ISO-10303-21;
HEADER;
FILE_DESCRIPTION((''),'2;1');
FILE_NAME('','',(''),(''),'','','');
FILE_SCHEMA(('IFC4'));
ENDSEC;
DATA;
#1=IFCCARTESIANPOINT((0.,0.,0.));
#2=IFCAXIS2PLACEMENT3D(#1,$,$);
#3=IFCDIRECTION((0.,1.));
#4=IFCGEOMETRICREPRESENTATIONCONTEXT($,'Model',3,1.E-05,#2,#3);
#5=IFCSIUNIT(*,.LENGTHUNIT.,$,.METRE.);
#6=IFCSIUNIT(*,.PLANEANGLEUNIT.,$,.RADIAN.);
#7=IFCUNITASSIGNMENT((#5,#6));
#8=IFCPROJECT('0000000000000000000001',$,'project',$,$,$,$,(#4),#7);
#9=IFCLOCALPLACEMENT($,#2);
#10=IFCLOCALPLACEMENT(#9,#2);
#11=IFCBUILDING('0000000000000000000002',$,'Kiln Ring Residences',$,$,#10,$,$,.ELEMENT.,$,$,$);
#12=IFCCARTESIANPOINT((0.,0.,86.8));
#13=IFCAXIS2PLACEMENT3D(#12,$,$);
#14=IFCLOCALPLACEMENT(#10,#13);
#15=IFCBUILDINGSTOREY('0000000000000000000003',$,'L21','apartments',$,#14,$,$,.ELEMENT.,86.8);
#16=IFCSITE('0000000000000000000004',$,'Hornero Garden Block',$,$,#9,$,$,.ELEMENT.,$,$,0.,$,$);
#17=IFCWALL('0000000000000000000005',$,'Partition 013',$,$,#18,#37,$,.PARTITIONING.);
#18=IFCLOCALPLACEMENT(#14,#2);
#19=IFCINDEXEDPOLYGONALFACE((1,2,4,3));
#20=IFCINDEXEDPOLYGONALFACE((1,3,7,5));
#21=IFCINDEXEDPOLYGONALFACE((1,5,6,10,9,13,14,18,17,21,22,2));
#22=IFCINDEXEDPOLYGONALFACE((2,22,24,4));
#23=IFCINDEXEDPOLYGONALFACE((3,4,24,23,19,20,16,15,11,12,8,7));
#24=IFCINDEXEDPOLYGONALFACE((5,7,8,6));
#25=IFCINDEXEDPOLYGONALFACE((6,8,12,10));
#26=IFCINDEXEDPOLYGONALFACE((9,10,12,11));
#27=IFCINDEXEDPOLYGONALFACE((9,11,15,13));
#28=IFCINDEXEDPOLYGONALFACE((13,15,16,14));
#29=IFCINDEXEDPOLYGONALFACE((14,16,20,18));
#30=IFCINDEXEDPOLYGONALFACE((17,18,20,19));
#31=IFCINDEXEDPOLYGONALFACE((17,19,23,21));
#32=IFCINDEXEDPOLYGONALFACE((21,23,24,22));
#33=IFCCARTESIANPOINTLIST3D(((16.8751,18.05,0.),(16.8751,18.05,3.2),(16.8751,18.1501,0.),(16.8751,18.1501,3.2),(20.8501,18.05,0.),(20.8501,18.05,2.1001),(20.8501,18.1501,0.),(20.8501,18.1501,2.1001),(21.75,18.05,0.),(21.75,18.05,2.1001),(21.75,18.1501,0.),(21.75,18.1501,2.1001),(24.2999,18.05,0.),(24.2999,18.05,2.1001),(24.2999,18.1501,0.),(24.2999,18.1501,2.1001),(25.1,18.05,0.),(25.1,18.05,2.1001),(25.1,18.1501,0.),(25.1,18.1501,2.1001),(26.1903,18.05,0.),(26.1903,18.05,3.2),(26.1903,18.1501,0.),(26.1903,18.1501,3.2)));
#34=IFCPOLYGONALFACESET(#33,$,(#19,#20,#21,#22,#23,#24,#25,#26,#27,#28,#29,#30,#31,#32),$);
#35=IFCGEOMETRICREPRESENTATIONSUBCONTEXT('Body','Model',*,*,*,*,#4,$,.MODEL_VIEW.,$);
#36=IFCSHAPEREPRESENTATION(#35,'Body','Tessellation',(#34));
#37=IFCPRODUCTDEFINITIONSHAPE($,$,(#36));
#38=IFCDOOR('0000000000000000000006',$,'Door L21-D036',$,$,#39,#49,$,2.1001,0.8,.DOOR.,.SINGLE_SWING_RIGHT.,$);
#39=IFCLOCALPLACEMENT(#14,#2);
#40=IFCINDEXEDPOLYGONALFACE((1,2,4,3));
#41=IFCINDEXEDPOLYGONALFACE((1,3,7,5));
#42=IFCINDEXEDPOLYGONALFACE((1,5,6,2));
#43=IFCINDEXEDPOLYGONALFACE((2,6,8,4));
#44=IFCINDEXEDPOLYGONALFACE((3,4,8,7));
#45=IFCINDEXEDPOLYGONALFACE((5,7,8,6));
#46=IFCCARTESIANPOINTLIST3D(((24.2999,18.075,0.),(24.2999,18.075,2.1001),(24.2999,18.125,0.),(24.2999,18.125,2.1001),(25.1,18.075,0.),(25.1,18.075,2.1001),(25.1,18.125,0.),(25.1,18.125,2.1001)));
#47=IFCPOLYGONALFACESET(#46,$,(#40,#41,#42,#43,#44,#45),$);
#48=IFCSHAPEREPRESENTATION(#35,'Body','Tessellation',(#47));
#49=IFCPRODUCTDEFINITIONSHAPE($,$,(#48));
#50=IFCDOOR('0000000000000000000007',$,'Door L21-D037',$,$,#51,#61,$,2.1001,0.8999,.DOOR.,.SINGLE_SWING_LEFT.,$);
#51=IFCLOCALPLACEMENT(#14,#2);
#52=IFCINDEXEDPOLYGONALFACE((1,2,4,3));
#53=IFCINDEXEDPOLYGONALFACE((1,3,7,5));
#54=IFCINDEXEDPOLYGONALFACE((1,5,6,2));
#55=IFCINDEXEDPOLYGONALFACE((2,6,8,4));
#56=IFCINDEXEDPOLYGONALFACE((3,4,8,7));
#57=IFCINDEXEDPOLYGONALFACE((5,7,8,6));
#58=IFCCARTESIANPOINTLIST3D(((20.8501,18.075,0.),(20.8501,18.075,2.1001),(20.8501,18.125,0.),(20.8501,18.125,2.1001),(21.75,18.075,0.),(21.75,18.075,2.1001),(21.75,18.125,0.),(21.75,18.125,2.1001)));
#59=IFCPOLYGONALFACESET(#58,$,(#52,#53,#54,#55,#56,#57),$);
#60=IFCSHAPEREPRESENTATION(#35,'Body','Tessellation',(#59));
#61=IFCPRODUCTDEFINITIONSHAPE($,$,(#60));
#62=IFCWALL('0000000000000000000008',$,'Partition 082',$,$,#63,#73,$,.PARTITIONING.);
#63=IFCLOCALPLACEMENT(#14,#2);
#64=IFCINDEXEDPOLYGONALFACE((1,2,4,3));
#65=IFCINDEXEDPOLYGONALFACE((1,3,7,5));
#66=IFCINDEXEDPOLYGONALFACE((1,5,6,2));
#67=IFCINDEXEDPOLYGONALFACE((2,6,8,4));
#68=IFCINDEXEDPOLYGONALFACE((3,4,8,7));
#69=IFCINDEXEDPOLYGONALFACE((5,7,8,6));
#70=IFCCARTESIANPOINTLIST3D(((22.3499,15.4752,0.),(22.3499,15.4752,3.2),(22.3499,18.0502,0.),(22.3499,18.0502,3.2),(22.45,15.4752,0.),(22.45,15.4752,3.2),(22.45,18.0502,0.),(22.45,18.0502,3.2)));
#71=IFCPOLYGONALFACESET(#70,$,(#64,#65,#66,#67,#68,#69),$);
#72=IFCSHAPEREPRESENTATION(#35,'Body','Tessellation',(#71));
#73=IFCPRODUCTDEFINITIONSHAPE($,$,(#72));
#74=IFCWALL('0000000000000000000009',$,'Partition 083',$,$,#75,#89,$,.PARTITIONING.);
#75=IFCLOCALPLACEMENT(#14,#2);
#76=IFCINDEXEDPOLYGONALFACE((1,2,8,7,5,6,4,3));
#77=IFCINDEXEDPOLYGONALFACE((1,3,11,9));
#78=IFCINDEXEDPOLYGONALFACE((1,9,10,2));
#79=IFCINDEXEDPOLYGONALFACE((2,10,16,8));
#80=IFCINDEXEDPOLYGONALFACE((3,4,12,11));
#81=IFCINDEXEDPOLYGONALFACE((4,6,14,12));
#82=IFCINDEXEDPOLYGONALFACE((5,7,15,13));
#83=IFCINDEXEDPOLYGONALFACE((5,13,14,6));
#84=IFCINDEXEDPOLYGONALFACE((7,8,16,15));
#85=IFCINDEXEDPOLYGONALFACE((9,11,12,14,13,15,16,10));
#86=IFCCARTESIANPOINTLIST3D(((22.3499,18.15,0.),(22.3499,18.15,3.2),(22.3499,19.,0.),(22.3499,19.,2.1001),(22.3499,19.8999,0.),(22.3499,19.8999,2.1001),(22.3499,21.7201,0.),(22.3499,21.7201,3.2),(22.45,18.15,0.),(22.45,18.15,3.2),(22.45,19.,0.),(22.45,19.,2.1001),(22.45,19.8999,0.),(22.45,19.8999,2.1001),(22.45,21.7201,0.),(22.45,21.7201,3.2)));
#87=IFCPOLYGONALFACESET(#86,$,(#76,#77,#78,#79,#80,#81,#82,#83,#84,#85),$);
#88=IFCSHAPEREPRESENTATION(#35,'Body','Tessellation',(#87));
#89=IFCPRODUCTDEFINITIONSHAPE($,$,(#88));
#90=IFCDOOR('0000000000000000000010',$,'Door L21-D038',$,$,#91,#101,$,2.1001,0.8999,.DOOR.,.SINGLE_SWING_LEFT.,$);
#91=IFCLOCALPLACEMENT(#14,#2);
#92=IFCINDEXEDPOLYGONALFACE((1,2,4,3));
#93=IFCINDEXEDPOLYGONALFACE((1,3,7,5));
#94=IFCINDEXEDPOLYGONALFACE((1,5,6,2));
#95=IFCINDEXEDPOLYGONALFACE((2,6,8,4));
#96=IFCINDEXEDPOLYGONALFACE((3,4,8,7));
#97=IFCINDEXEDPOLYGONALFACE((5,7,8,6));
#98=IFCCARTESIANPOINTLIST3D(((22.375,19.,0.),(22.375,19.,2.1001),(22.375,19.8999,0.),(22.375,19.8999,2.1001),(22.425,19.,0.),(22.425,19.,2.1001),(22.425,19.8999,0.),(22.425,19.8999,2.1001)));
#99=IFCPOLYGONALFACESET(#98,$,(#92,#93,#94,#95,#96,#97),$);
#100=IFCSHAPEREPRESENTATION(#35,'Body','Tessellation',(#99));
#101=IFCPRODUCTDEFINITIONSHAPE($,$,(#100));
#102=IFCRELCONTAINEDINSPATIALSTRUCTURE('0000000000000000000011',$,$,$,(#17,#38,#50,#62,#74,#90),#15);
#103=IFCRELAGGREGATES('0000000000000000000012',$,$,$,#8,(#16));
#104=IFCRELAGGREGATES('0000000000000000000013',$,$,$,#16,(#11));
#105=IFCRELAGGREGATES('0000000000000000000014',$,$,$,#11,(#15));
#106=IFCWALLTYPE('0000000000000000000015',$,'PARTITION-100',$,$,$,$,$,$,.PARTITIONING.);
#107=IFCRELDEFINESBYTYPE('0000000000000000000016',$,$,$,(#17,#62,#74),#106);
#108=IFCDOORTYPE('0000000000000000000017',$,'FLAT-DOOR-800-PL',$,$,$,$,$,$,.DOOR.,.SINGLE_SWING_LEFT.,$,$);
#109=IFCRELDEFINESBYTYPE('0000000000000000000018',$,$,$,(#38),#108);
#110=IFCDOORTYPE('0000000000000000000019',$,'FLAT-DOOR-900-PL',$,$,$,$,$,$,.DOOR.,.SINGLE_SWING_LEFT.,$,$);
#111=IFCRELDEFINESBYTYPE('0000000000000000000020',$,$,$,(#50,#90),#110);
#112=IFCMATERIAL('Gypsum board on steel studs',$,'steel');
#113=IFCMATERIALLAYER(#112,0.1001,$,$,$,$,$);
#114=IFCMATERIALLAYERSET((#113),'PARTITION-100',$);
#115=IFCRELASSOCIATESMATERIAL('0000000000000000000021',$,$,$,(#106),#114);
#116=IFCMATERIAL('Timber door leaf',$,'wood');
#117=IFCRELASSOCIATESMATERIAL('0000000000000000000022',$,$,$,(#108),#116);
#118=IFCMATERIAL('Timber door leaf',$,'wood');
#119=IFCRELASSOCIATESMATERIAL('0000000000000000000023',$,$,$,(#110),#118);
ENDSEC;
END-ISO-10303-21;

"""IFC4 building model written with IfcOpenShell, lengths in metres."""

from ifc_helpers import new_model, si_unit, direction, frame, frame_2d, origin, place, context, subcontext, project, spatial, rectangle, extrude, material, layer, layer_set, type_object, element, fill, save


model = new_model("IFC4")

# Units and contexts
model_context = context("Model", 3, precision=1e-05, world=origin(), true_north=direction((0.0, 1.0)))
body_context = subcontext(model_context, "Body", "Model", "MODEL_VIEW")
ifc_project = project(units=[si_unit("LENGTHUNIT", "METRE"), si_unit("PLANEANGLEUNIT", "RADIAN")], contexts=[model_context])

# Site, building, storey
site_placement = place(None, origin())
site = spatial("IfcSite", under=ifc_project, at=site_placement, Name="Hornero Garden Block", CompositionType="ELEMENT", RefElevation=0.0)
building_placement = place(site_placement, origin())
building = spatial("IfcBuilding", under=site, at=building_placement, Name="Kiln Ring Residences", CompositionType="ELEMENT")
storey_placement = place(building_placement, frame((0.0, 0.0, 86.8)))
storey = spatial("IfcBuildingStorey", under=building, at=storey_placement, Name="L21", Description="apartments", CompositionType="ELEMENT", Elevation=86.8)

# Wall, openings, doors
ifc_material_1 = material(Name="Gypsum board on steel studs", Category="steel")
ifc_layer_1 = layer(ifc_material_1, 0.1001)
ifc_layer_set_1 = layer_set([ifc_layer_1], Name="PARTITION-100")
wall_type_1 = type_object("IfcWallType", Name="PARTITION-100", PredefinedType="PARTITIONING", material=ifc_layer_set_1)
wall_1_placement = place(storey_placement, frame((16.875, 18.1001, 0.0), z_axis=(0.0, 0.0, 1.0), x_axis=(1.0, 0.0, 0.0)))
wall_1 = element("IfcWall", 1, at=wall_1_placement, inside=storey, type_object=wall_type_1, Name="Partition 013", PredefinedType="PARTITIONING", context=body_context, shape_type="SweptSolid", body=[
    extrude(rectangle(XDim=9.3152, YDim=0.1001, at=frame_2d((4.6577, 0.0))), origin(), (0.0, 0.0, 1.0), 3.2),
])
opening_1_placement = place(wall_1_placement, frame((7.425, 0.0, 0.0)))
opening_1 = element("IfcOpeningElement", 2, at=opening_1_placement, cuts=wall_1, PredefinedType="OPENING", context=body_context, shape_type="SweptSolid", body=[
    extrude(rectangle(XDim=0.8, YDim=2.1001, at=frame_2d((0.3999, 1.05))), frame((0.0, 0.0601, 0.0), z_axis=(0.0, -1.0, 0.0), x_axis=(1.0, 0.0, 0.0)), (0.0, 0.0, 1.0), 0.1201),
])
opening_2_placement = place(wall_1_placement, frame((3.9751, 0.0, 0.0)))
opening_2 = element("IfcOpeningElement", 3, at=opening_2_placement, cuts=wall_1, PredefinedType="OPENING", context=body_context, shape_type="SweptSolid", body=[
    extrude(rectangle(XDim=0.8999, YDim=2.1001, at=frame_2d((0.45, 1.05))), frame((0.0, 0.0601, 0.0), z_axis=(0.0, -1.0, 0.0), x_axis=(1.0, 0.0, 0.0)), (0.0, 0.0, 1.0), 0.1201),
])
ifc_material_2 = material(Name="Timber door leaf", Category="wood")
door_type_1 = type_object("IfcDoorType", Name="FLAT-DOOR-800-PL", OperationType="SINGLE_SWING_LEFT", PredefinedType="DOOR", material=ifc_material_2)
door_1_placement = place(opening_1_placement, origin())
door_1 = element("IfcDoor", 4, at=door_1_placement, inside=storey, type_object=door_type_1, Name="Door L21-D036", OperationType="SINGLE_SWING_RIGHT", OverallHeight=2.1001, OverallWidth=0.8, PredefinedType="DOOR", context=body_context, shape_type="SweptSolid", body=[
    extrude(rectangle(XDim=0.8, YDim=2.1001, at=frame_2d((0.3999, 1.05))), frame((0.0, 0.0249, 0.0), z_axis=(0.0, -1.0, 0.0), x_axis=(1.0, 0.0, 0.0)), (0.0, 0.0, 1.0), 0.05),
])
fill(opening_1, door_1)
ifc_material_3 = material(Name="Timber door leaf", Category="wood")
door_type_2 = type_object("IfcDoorType", Name="FLAT-DOOR-900-PL", OperationType="SINGLE_SWING_LEFT", PredefinedType="DOOR", material=ifc_material_3)
door_2_placement = place(opening_2_placement, origin())
door_2 = element("IfcDoor", 5, at=door_2_placement, inside=storey, type_object=door_type_2, Name="Door L21-D037", OperationType="SINGLE_SWING_LEFT", OverallHeight=2.1001, OverallWidth=0.8999, PredefinedType="DOOR", context=body_context, shape_type="SweptSolid", body=[
    extrude(rectangle(XDim=0.8999, YDim=2.1001, at=frame_2d((0.45, 1.05))), frame((0.0, 0.0249, 0.0), z_axis=(0.0, -1.0, 0.0), x_axis=(1.0, 0.0, 0.0)), (0.0, 0.0, 1.0), 0.05),
])
fill(opening_2, door_2)

# Wall
wall_2_placement = place(storey_placement, frame((22.3999, 15.4751, 0.0), z_axis=(0.0, 0.0, 1.0), x_axis=(0.0, 1.0, 0.0)))
element("IfcWall", 6, at=wall_2_placement, inside=storey, type_object=wall_type_1, Name="Partition 082", PredefinedType="PARTITIONING", context=body_context, shape_type="SweptSolid", body=[
    extrude(rectangle(XDim=2.575, YDim=0.1001, at=frame_2d((1.2876, 0.0))), origin(), (0.0, 0.0, 1.0), 3.2),
])

# Wall, opening, door
wall_3_placement = place(storey_placement, frame((22.3999, 18.1499, 0.0), z_axis=(0.0, 0.0, 1.0), x_axis=(0.0, 1.0, 0.0)))
wall_3 = element("IfcWall", 7, at=wall_3_placement, inside=storey, type_object=wall_type_1, Name="Partition 083", PredefinedType="PARTITIONING", context=body_context, shape_type="SweptSolid", body=[
    extrude(rectangle(XDim=3.5701, YDim=0.1001, at=frame_2d((1.7852, 0.0))), origin(), (0.0, 0.0, 1.0), 3.2),
])
opening_3_placement = place(wall_3_placement, frame((0.8501, 0.0, 0.0)))
opening_3 = element("IfcOpeningElement", 8, at=opening_3_placement, cuts=wall_3, PredefinedType="OPENING", context=body_context, shape_type="SweptSolid", body=[
    extrude(rectangle(XDim=0.8999, YDim=2.1001, at=frame_2d((0.45, 1.05))), frame((0.0, 0.0601, 0.0), z_axis=(0.0, -1.0, 0.0), x_axis=(1.0, 0.0, 0.0)), (0.0, 0.0, 1.0), 0.1201),
])
door_3_placement = place(opening_3_placement, origin())
door_3 = element("IfcDoor", 9, at=door_3_placement, inside=storey, type_object=door_type_2, Name="Door L21-D038", OperationType="SINGLE_SWING_LEFT", OverallHeight=2.1001, OverallWidth=0.8999, PredefinedType="DOOR", context=body_context, shape_type="SweptSolid", body=[
    extrude(rectangle(XDim=0.8999, YDim=2.1001, at=frame_2d((0.45, 1.05))), frame((0.0, 0.0249, 0.0), z_axis=(0.0, -1.0, 0.0), x_axis=(1.0, 0.0, 0.0)), (0.0, 0.0, 1.0), 0.05),
])
fill(opening_3, door_3)

save(model, "model.ifc")
